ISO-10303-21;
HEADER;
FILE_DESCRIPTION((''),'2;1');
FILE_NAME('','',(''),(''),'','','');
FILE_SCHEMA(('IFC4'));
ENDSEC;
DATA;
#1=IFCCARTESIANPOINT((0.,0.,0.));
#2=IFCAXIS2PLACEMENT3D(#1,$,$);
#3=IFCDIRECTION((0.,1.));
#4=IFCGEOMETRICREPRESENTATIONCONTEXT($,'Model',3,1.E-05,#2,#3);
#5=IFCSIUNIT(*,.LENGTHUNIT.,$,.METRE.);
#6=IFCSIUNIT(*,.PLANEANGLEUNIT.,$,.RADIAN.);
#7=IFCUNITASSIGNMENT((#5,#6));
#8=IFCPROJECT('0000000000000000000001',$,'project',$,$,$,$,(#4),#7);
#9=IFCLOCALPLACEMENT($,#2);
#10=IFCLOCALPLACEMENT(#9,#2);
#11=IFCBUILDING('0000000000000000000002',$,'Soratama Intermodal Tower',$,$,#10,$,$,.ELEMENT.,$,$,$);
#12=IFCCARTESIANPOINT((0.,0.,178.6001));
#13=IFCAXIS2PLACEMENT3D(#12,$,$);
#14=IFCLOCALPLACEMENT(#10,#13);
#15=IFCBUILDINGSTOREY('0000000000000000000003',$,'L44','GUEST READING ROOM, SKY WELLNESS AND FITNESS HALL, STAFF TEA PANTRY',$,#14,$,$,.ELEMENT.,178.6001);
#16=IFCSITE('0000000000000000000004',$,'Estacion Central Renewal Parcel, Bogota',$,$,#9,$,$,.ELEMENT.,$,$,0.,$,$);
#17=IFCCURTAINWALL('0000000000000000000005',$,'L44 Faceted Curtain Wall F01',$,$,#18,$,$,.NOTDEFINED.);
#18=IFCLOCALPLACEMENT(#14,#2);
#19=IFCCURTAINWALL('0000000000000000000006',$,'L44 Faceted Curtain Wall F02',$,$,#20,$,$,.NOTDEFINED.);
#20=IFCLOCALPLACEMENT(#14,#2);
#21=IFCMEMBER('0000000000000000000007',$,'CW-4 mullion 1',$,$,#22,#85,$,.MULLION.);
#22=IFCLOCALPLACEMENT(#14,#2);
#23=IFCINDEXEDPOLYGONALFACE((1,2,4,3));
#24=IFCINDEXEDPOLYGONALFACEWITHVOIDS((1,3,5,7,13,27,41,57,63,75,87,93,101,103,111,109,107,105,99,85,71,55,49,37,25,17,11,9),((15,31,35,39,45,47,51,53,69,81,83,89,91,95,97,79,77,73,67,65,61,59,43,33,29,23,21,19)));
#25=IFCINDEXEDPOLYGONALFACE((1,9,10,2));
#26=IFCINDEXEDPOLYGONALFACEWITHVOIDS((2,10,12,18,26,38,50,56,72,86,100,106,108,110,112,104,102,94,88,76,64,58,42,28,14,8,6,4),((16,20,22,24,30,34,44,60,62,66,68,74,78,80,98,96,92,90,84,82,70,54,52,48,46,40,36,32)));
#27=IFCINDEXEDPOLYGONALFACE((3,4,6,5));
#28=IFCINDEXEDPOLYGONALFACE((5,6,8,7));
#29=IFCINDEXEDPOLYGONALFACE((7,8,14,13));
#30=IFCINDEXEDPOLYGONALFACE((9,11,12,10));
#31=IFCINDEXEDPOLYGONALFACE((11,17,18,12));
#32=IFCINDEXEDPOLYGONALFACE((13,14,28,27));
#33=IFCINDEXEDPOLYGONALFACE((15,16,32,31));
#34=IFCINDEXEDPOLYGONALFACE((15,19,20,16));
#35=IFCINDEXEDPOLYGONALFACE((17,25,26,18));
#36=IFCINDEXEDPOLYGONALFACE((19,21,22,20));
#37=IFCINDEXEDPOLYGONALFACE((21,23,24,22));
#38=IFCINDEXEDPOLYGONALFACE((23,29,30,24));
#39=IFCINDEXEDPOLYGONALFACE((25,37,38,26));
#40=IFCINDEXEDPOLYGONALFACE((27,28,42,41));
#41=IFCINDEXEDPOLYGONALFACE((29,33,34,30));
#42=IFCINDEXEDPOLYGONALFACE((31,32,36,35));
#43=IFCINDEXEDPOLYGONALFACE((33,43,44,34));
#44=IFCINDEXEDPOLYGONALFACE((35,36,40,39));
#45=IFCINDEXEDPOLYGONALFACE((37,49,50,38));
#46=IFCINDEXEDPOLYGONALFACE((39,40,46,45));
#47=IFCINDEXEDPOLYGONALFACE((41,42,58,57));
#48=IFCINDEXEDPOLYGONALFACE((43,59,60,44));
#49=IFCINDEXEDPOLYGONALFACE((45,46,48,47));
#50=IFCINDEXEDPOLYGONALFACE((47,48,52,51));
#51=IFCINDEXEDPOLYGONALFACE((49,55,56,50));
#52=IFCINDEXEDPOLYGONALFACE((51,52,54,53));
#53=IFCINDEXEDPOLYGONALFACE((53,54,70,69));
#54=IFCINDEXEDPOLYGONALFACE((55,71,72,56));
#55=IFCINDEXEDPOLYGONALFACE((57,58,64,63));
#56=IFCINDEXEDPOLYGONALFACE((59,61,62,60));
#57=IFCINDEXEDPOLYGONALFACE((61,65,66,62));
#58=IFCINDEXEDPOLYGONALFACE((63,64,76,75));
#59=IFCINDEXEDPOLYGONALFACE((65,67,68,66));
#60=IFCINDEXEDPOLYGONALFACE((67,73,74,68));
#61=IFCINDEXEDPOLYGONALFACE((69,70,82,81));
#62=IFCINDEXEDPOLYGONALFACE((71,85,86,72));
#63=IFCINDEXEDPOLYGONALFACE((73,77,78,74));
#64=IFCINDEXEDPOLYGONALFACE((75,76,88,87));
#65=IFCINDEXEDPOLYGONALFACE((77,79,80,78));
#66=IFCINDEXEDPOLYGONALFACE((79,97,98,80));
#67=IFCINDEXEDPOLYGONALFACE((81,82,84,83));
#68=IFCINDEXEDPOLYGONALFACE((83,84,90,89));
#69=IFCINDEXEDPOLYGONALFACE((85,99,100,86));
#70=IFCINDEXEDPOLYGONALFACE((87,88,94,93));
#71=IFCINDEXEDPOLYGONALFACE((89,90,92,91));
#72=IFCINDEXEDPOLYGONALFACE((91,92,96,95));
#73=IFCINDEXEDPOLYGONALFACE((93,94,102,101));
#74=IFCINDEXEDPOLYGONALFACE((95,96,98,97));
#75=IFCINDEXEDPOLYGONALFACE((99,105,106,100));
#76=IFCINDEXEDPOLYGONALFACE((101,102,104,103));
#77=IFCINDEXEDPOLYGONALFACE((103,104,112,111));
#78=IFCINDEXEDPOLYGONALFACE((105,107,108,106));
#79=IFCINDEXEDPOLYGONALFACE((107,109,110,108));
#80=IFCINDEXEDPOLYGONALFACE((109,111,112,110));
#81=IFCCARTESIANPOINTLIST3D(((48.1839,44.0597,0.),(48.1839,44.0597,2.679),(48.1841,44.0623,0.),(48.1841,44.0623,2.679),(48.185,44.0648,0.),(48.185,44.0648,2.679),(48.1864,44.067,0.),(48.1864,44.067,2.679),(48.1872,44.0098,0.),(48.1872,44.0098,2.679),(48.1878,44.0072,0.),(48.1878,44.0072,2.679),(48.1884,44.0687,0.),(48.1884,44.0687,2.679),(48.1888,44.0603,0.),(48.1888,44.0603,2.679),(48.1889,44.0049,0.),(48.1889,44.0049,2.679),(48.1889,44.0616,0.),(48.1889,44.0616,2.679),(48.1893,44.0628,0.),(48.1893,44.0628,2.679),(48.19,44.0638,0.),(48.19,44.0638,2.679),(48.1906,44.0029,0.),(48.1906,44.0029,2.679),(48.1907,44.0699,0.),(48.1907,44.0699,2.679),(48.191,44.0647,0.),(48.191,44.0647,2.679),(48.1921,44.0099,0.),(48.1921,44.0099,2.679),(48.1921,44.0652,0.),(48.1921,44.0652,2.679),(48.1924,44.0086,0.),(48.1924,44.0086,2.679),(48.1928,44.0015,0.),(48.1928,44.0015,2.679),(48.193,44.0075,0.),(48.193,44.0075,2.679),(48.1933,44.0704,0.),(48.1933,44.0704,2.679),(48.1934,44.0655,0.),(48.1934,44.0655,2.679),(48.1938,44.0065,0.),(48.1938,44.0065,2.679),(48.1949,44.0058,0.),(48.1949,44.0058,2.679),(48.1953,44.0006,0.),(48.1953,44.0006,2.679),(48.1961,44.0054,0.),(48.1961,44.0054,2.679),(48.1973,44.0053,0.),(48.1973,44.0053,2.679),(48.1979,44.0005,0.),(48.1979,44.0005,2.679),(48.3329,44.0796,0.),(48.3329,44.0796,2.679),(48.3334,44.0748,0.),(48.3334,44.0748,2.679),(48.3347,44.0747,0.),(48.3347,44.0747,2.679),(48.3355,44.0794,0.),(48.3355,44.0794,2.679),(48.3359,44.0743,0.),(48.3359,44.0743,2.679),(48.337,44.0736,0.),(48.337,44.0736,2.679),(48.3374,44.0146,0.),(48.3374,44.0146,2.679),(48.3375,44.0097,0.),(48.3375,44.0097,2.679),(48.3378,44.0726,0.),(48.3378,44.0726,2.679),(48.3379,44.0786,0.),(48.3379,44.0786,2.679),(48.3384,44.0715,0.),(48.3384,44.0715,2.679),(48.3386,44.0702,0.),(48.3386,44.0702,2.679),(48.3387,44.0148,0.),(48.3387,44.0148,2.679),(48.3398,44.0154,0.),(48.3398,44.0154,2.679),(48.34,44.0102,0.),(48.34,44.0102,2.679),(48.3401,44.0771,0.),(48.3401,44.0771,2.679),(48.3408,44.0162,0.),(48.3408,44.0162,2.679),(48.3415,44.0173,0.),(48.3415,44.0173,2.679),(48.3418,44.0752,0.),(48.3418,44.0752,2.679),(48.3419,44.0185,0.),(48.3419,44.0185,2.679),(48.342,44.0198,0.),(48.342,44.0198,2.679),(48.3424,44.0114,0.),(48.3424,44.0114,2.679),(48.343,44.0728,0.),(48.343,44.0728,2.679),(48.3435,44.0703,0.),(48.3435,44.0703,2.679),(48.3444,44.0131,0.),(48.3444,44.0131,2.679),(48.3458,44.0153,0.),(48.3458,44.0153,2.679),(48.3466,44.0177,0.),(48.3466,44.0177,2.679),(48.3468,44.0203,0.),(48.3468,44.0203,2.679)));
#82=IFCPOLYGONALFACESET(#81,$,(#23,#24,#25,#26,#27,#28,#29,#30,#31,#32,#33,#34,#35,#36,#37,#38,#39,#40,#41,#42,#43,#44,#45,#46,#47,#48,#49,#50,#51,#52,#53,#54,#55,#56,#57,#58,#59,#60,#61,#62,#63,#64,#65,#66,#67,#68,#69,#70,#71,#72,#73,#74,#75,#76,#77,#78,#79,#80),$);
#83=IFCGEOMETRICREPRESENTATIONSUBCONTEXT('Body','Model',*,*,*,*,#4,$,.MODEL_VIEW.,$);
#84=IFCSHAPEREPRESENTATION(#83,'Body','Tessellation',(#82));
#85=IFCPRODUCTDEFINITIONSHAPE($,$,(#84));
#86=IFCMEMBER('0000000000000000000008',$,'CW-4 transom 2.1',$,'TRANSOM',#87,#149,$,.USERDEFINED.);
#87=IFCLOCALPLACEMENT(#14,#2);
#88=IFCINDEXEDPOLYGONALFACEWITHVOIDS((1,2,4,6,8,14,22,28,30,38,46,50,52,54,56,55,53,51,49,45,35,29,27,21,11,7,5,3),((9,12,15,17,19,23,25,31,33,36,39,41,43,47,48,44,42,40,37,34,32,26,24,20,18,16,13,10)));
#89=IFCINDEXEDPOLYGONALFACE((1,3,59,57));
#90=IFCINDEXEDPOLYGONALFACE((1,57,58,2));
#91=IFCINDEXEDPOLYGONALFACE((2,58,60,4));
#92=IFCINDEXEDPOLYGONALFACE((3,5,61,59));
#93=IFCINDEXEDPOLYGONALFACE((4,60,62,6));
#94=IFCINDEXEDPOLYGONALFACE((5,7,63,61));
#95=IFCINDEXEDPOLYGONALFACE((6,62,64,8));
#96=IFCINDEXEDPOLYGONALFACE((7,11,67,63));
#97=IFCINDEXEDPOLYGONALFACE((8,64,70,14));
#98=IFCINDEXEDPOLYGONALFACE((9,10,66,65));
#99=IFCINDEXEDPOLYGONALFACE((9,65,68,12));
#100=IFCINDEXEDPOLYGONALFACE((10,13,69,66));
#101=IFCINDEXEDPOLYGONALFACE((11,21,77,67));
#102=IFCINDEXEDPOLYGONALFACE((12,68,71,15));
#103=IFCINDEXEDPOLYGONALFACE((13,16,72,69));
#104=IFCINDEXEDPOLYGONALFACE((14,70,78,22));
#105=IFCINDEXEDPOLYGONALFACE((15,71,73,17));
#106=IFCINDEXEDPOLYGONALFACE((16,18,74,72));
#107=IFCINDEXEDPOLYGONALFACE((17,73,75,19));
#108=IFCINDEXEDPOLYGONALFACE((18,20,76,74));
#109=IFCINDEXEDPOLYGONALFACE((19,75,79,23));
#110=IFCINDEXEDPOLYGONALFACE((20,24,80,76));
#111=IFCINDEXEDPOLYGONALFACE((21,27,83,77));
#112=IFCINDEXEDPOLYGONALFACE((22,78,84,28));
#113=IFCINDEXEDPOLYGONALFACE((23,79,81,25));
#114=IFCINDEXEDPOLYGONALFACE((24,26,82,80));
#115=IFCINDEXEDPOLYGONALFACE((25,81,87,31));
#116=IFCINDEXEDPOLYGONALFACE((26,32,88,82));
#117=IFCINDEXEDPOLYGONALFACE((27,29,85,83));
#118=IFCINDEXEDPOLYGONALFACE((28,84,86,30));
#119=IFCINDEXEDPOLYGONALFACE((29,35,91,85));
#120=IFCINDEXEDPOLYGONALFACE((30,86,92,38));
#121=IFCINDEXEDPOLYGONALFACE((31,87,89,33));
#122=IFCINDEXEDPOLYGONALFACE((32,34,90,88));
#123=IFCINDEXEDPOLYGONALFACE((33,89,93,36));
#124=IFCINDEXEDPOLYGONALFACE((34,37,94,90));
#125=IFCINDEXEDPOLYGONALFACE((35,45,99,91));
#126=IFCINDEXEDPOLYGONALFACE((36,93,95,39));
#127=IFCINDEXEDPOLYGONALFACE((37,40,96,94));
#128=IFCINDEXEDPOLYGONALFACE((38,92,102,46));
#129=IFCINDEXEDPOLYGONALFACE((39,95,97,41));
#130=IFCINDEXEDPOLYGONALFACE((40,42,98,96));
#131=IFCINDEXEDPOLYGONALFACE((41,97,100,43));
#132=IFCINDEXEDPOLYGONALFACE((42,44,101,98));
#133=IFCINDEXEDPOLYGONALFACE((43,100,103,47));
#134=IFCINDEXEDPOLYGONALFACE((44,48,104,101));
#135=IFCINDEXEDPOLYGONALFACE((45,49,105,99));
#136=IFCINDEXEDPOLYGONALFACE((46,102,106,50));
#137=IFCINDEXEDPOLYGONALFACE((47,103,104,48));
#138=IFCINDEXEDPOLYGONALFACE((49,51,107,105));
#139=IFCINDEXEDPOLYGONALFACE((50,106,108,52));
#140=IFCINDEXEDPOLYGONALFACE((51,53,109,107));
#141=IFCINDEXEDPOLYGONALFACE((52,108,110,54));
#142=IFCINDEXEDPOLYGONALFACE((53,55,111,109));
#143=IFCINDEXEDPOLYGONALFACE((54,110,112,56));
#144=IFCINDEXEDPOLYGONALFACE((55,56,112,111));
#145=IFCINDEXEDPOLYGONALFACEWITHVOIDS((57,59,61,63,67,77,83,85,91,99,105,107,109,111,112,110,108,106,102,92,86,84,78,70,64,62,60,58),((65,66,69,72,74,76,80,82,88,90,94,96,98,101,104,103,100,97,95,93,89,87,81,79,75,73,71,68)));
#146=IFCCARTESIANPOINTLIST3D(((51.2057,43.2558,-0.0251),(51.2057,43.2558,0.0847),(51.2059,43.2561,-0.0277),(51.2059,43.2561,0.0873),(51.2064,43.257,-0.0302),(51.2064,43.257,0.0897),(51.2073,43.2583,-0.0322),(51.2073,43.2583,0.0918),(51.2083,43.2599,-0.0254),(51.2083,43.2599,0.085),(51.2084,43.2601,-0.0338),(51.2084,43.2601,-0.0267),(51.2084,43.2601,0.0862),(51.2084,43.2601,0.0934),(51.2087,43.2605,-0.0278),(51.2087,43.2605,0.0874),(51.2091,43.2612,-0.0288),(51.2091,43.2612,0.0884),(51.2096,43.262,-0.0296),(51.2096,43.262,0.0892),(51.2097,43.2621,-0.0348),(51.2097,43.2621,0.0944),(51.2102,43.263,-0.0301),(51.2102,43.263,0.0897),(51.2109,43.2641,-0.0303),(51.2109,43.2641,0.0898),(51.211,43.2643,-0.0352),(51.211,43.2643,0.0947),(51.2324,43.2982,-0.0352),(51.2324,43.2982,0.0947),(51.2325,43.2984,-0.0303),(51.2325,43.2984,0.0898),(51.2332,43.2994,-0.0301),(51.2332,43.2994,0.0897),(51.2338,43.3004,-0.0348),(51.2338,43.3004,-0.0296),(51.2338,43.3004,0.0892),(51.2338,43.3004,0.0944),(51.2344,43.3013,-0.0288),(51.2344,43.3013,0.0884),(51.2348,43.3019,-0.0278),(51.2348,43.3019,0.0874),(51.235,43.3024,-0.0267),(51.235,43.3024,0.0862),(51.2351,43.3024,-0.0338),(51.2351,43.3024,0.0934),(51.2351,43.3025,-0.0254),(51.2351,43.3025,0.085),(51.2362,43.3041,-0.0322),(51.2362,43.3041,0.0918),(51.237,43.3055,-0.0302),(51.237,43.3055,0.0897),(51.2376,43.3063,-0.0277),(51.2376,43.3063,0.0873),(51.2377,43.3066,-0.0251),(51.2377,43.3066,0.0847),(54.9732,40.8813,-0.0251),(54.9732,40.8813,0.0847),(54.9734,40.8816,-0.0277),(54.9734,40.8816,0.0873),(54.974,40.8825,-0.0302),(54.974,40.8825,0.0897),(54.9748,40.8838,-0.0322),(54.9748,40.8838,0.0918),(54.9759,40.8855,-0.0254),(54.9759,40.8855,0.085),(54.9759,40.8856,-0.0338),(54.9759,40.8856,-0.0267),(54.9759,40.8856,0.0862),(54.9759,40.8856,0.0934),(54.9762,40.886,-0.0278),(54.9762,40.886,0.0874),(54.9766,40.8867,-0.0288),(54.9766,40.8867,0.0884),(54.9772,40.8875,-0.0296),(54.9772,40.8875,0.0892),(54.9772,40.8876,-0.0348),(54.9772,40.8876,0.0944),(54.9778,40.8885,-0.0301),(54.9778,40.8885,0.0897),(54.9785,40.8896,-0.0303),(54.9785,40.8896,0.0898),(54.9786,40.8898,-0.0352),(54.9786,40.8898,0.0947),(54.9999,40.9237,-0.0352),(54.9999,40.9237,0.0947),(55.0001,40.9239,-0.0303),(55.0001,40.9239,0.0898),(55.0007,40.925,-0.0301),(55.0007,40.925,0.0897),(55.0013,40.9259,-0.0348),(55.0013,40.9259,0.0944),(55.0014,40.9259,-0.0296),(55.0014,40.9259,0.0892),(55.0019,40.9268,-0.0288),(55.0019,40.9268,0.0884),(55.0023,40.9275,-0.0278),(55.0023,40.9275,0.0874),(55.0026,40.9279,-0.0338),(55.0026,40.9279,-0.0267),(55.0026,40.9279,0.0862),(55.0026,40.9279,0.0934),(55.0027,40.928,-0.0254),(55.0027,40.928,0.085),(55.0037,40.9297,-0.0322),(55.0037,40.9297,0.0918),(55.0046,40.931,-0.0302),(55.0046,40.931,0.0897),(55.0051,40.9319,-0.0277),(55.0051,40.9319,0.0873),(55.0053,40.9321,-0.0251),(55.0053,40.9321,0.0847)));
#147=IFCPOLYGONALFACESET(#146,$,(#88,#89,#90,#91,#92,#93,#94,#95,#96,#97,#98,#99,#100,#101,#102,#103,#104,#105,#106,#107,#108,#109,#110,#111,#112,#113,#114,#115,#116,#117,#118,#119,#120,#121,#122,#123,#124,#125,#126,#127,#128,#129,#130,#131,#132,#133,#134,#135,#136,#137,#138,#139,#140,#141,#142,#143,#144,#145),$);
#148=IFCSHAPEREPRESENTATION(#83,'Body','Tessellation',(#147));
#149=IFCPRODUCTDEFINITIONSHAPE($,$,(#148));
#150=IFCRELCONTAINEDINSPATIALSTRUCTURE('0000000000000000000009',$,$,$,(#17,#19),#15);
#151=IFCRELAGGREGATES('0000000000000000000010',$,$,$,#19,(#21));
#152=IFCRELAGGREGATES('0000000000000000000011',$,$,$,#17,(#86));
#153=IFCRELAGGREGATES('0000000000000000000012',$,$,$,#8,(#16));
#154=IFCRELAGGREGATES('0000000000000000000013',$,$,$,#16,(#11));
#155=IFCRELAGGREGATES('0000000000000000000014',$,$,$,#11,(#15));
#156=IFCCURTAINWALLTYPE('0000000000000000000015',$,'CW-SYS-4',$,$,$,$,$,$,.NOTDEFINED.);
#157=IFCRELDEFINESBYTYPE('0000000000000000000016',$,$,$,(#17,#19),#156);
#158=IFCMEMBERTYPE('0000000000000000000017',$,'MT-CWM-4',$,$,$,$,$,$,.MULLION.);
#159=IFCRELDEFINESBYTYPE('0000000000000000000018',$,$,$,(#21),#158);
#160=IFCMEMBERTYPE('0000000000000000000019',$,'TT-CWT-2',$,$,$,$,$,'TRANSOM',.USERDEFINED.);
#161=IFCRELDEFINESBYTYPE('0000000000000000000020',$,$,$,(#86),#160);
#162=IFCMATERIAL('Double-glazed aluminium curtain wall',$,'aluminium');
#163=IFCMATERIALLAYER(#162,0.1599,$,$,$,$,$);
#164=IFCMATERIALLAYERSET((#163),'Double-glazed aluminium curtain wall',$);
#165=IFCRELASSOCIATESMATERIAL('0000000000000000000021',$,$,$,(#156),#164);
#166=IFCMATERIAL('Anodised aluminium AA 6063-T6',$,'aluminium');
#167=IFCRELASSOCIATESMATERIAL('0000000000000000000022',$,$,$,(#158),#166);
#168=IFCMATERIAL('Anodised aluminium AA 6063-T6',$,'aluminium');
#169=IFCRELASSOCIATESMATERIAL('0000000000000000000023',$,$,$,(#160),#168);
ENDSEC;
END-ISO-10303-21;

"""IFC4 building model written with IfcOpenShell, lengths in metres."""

from ifc_helpers import new_model, si_unit, direction, frame, origin, origin_2d, place, context, subcontext, project, spatial, hollow_rectangle, extrude, material, layer, layer_set, material_profile, profile_set, type_object, element, aggregate, save


model = new_model("IFC4")

# Units and contexts
model_context = context("Model", 3, precision=1e-05, world=origin(), true_north=direction((0.0, 1.0)))
body_context = subcontext(model_context, "Body", "Model", "MODEL_VIEW")
ifc_project = project(units=[si_unit("LENGTHUNIT", "METRE"), si_unit("PLANEANGLEUNIT", "RADIAN")], contexts=[model_context])

# Site, building, storey
site_placement = place(None, origin())
site = spatial("IfcSite", under=ifc_project, at=site_placement, Name="Estacion Central Renewal Parcel, Bogota", CompositionType="ELEMENT", RefElevation=0.0)
building_placement = place(site_placement, origin())
building = spatial("IfcBuilding", under=site, at=building_placement, Name="Soratama Intermodal Tower", CompositionType="ELEMENT")
storey_placement = place(building_placement, frame((0.0, 0.0, 178.6001)))
storey = spatial("IfcBuildingStorey", under=building, at=storey_placement, Name="L44", Description="GUEST READING ROOM, SKY WELLNESS AND FITNESS HALL, STAFF TEA PANTRY", CompositionType="ELEMENT", Elevation=178.6001)

# Curtain wall
ifc_material_1 = material(Name="Double-glazed aluminium curtain wall", Category="aluminium")
ifc_layer_1 = layer(ifc_material_1, 0.1599)
ifc_layer_set_1 = layer_set([ifc_layer_1], Name="Double-glazed aluminium curtain wall")
curtain_wall_type = type_object("IfcCurtainWallType", Name="CW-SYS-4", PredefinedType="NOTDEFINED", material=ifc_layer_set_1)
curtain_wall_1_placement = place(storey_placement, origin())
curtain_wall_1 = element("IfcCurtainWall", 1, at=curtain_wall_1_placement, inside=storey, type_object=curtain_wall_type, Name="L44 Faceted Curtain Wall F01", PredefinedType="NOTDEFINED")
ifc_material_2 = material(Name="Anodised aluminium AA 6063-T6", Category="aluminium")
ifc_material_profile_1 = material_profile(ifc_material_2, hollow_rectangle(XDim=0.0701, YDim=0.1599, WallThickness=0.0049, InnerFilletRadius=0.0049, OuterFilletRadius=0.01, at=origin_2d()), Name="CWM160X70X5")
ifc_profile_set_1 = profile_set([ifc_material_profile_1], Name="Anodised aluminium AA 6063-T6")
member_type_1 = type_object("IfcMemberType", Name="MT-CWM-4", PredefinedType="MULLION", material=ifc_profile_set_1)

# Curtain wall, member
curtain_wall_2_placement = place(storey_placement, origin())
curtain_wall_2 = element("IfcCurtainWall", 2, at=curtain_wall_2_placement, inside=storey, type_object=curtain_wall_type, Name="L44 Faceted Curtain Wall F02", PredefinedType="NOTDEFINED")
member_1_placement = place(storey_placement, frame((48.2654, 44.04, 0.0), z_axis=(0.0, 0.0, 1.0), x_axis=(0.065919, -0.997825, 0.0)))
member_1 = element("IfcMember", 3, at=member_1_placement, type_object=member_type_1, Name="CW-4 mullion 1", PredefinedType="MULLION", context=body_context, shape_type="SweptSolid", body=[
    extrude(hollow_rectangle(XDim=0.0701, YDim=0.1599, WallThickness=0.0049, InnerFilletRadius=0.0049, OuterFilletRadius=0.01, at=origin_2d()), origin(), (0.0, 0.0, 1.0), 2.679),
])

# Member
ifc_material_3 = material(Name="Anodised aluminium AA 6063-T6", Category="aluminium")
ifc_material_profile_2 = material_profile(ifc_material_3, hollow_rectangle(XDim=0.0601, YDim=0.1299, WallThickness=0.0049, InnerFilletRadius=0.0049, OuterFilletRadius=0.01, at=origin_2d()), Name="CWT130X60X5")
ifc_profile_set_2 = profile_set([ifc_material_profile_2], Name="Anodised aluminium AA 6063-T6")
member_type_2 = type_object("IfcMemberType", Name="TT-CWT-2", ElementType="TRANSOM", PredefinedType="USERDEFINED", material=ifc_profile_set_2)
member_2_placement = place(storey_placement, frame((54.9893, 40.9067, 0.0298), z_axis=(-0.845997, 0.533188, 0.0), x_axis=(-0.533188, -0.845997, 0.0)))
member_2 = element("IfcMember", 4, at=member_2_placement, type_object=member_type_2, Name="CW-4 transom 2.1", ObjectType="TRANSOM", PredefinedType="USERDEFINED", context=body_context, shape_type="SweptSolid", body=[
    extrude(hollow_rectangle(XDim=0.0601, YDim=0.1299, WallThickness=0.0049, InnerFilletRadius=0.0049, OuterFilletRadius=0.01, at=origin_2d()), origin(), (0.0, 0.0, 1.0), 4.4534),
])
aggregate(curtain_wall_2, [member_1])

aggregate(curtain_wall_1, [member_2])

save(model, "model.ifc")
